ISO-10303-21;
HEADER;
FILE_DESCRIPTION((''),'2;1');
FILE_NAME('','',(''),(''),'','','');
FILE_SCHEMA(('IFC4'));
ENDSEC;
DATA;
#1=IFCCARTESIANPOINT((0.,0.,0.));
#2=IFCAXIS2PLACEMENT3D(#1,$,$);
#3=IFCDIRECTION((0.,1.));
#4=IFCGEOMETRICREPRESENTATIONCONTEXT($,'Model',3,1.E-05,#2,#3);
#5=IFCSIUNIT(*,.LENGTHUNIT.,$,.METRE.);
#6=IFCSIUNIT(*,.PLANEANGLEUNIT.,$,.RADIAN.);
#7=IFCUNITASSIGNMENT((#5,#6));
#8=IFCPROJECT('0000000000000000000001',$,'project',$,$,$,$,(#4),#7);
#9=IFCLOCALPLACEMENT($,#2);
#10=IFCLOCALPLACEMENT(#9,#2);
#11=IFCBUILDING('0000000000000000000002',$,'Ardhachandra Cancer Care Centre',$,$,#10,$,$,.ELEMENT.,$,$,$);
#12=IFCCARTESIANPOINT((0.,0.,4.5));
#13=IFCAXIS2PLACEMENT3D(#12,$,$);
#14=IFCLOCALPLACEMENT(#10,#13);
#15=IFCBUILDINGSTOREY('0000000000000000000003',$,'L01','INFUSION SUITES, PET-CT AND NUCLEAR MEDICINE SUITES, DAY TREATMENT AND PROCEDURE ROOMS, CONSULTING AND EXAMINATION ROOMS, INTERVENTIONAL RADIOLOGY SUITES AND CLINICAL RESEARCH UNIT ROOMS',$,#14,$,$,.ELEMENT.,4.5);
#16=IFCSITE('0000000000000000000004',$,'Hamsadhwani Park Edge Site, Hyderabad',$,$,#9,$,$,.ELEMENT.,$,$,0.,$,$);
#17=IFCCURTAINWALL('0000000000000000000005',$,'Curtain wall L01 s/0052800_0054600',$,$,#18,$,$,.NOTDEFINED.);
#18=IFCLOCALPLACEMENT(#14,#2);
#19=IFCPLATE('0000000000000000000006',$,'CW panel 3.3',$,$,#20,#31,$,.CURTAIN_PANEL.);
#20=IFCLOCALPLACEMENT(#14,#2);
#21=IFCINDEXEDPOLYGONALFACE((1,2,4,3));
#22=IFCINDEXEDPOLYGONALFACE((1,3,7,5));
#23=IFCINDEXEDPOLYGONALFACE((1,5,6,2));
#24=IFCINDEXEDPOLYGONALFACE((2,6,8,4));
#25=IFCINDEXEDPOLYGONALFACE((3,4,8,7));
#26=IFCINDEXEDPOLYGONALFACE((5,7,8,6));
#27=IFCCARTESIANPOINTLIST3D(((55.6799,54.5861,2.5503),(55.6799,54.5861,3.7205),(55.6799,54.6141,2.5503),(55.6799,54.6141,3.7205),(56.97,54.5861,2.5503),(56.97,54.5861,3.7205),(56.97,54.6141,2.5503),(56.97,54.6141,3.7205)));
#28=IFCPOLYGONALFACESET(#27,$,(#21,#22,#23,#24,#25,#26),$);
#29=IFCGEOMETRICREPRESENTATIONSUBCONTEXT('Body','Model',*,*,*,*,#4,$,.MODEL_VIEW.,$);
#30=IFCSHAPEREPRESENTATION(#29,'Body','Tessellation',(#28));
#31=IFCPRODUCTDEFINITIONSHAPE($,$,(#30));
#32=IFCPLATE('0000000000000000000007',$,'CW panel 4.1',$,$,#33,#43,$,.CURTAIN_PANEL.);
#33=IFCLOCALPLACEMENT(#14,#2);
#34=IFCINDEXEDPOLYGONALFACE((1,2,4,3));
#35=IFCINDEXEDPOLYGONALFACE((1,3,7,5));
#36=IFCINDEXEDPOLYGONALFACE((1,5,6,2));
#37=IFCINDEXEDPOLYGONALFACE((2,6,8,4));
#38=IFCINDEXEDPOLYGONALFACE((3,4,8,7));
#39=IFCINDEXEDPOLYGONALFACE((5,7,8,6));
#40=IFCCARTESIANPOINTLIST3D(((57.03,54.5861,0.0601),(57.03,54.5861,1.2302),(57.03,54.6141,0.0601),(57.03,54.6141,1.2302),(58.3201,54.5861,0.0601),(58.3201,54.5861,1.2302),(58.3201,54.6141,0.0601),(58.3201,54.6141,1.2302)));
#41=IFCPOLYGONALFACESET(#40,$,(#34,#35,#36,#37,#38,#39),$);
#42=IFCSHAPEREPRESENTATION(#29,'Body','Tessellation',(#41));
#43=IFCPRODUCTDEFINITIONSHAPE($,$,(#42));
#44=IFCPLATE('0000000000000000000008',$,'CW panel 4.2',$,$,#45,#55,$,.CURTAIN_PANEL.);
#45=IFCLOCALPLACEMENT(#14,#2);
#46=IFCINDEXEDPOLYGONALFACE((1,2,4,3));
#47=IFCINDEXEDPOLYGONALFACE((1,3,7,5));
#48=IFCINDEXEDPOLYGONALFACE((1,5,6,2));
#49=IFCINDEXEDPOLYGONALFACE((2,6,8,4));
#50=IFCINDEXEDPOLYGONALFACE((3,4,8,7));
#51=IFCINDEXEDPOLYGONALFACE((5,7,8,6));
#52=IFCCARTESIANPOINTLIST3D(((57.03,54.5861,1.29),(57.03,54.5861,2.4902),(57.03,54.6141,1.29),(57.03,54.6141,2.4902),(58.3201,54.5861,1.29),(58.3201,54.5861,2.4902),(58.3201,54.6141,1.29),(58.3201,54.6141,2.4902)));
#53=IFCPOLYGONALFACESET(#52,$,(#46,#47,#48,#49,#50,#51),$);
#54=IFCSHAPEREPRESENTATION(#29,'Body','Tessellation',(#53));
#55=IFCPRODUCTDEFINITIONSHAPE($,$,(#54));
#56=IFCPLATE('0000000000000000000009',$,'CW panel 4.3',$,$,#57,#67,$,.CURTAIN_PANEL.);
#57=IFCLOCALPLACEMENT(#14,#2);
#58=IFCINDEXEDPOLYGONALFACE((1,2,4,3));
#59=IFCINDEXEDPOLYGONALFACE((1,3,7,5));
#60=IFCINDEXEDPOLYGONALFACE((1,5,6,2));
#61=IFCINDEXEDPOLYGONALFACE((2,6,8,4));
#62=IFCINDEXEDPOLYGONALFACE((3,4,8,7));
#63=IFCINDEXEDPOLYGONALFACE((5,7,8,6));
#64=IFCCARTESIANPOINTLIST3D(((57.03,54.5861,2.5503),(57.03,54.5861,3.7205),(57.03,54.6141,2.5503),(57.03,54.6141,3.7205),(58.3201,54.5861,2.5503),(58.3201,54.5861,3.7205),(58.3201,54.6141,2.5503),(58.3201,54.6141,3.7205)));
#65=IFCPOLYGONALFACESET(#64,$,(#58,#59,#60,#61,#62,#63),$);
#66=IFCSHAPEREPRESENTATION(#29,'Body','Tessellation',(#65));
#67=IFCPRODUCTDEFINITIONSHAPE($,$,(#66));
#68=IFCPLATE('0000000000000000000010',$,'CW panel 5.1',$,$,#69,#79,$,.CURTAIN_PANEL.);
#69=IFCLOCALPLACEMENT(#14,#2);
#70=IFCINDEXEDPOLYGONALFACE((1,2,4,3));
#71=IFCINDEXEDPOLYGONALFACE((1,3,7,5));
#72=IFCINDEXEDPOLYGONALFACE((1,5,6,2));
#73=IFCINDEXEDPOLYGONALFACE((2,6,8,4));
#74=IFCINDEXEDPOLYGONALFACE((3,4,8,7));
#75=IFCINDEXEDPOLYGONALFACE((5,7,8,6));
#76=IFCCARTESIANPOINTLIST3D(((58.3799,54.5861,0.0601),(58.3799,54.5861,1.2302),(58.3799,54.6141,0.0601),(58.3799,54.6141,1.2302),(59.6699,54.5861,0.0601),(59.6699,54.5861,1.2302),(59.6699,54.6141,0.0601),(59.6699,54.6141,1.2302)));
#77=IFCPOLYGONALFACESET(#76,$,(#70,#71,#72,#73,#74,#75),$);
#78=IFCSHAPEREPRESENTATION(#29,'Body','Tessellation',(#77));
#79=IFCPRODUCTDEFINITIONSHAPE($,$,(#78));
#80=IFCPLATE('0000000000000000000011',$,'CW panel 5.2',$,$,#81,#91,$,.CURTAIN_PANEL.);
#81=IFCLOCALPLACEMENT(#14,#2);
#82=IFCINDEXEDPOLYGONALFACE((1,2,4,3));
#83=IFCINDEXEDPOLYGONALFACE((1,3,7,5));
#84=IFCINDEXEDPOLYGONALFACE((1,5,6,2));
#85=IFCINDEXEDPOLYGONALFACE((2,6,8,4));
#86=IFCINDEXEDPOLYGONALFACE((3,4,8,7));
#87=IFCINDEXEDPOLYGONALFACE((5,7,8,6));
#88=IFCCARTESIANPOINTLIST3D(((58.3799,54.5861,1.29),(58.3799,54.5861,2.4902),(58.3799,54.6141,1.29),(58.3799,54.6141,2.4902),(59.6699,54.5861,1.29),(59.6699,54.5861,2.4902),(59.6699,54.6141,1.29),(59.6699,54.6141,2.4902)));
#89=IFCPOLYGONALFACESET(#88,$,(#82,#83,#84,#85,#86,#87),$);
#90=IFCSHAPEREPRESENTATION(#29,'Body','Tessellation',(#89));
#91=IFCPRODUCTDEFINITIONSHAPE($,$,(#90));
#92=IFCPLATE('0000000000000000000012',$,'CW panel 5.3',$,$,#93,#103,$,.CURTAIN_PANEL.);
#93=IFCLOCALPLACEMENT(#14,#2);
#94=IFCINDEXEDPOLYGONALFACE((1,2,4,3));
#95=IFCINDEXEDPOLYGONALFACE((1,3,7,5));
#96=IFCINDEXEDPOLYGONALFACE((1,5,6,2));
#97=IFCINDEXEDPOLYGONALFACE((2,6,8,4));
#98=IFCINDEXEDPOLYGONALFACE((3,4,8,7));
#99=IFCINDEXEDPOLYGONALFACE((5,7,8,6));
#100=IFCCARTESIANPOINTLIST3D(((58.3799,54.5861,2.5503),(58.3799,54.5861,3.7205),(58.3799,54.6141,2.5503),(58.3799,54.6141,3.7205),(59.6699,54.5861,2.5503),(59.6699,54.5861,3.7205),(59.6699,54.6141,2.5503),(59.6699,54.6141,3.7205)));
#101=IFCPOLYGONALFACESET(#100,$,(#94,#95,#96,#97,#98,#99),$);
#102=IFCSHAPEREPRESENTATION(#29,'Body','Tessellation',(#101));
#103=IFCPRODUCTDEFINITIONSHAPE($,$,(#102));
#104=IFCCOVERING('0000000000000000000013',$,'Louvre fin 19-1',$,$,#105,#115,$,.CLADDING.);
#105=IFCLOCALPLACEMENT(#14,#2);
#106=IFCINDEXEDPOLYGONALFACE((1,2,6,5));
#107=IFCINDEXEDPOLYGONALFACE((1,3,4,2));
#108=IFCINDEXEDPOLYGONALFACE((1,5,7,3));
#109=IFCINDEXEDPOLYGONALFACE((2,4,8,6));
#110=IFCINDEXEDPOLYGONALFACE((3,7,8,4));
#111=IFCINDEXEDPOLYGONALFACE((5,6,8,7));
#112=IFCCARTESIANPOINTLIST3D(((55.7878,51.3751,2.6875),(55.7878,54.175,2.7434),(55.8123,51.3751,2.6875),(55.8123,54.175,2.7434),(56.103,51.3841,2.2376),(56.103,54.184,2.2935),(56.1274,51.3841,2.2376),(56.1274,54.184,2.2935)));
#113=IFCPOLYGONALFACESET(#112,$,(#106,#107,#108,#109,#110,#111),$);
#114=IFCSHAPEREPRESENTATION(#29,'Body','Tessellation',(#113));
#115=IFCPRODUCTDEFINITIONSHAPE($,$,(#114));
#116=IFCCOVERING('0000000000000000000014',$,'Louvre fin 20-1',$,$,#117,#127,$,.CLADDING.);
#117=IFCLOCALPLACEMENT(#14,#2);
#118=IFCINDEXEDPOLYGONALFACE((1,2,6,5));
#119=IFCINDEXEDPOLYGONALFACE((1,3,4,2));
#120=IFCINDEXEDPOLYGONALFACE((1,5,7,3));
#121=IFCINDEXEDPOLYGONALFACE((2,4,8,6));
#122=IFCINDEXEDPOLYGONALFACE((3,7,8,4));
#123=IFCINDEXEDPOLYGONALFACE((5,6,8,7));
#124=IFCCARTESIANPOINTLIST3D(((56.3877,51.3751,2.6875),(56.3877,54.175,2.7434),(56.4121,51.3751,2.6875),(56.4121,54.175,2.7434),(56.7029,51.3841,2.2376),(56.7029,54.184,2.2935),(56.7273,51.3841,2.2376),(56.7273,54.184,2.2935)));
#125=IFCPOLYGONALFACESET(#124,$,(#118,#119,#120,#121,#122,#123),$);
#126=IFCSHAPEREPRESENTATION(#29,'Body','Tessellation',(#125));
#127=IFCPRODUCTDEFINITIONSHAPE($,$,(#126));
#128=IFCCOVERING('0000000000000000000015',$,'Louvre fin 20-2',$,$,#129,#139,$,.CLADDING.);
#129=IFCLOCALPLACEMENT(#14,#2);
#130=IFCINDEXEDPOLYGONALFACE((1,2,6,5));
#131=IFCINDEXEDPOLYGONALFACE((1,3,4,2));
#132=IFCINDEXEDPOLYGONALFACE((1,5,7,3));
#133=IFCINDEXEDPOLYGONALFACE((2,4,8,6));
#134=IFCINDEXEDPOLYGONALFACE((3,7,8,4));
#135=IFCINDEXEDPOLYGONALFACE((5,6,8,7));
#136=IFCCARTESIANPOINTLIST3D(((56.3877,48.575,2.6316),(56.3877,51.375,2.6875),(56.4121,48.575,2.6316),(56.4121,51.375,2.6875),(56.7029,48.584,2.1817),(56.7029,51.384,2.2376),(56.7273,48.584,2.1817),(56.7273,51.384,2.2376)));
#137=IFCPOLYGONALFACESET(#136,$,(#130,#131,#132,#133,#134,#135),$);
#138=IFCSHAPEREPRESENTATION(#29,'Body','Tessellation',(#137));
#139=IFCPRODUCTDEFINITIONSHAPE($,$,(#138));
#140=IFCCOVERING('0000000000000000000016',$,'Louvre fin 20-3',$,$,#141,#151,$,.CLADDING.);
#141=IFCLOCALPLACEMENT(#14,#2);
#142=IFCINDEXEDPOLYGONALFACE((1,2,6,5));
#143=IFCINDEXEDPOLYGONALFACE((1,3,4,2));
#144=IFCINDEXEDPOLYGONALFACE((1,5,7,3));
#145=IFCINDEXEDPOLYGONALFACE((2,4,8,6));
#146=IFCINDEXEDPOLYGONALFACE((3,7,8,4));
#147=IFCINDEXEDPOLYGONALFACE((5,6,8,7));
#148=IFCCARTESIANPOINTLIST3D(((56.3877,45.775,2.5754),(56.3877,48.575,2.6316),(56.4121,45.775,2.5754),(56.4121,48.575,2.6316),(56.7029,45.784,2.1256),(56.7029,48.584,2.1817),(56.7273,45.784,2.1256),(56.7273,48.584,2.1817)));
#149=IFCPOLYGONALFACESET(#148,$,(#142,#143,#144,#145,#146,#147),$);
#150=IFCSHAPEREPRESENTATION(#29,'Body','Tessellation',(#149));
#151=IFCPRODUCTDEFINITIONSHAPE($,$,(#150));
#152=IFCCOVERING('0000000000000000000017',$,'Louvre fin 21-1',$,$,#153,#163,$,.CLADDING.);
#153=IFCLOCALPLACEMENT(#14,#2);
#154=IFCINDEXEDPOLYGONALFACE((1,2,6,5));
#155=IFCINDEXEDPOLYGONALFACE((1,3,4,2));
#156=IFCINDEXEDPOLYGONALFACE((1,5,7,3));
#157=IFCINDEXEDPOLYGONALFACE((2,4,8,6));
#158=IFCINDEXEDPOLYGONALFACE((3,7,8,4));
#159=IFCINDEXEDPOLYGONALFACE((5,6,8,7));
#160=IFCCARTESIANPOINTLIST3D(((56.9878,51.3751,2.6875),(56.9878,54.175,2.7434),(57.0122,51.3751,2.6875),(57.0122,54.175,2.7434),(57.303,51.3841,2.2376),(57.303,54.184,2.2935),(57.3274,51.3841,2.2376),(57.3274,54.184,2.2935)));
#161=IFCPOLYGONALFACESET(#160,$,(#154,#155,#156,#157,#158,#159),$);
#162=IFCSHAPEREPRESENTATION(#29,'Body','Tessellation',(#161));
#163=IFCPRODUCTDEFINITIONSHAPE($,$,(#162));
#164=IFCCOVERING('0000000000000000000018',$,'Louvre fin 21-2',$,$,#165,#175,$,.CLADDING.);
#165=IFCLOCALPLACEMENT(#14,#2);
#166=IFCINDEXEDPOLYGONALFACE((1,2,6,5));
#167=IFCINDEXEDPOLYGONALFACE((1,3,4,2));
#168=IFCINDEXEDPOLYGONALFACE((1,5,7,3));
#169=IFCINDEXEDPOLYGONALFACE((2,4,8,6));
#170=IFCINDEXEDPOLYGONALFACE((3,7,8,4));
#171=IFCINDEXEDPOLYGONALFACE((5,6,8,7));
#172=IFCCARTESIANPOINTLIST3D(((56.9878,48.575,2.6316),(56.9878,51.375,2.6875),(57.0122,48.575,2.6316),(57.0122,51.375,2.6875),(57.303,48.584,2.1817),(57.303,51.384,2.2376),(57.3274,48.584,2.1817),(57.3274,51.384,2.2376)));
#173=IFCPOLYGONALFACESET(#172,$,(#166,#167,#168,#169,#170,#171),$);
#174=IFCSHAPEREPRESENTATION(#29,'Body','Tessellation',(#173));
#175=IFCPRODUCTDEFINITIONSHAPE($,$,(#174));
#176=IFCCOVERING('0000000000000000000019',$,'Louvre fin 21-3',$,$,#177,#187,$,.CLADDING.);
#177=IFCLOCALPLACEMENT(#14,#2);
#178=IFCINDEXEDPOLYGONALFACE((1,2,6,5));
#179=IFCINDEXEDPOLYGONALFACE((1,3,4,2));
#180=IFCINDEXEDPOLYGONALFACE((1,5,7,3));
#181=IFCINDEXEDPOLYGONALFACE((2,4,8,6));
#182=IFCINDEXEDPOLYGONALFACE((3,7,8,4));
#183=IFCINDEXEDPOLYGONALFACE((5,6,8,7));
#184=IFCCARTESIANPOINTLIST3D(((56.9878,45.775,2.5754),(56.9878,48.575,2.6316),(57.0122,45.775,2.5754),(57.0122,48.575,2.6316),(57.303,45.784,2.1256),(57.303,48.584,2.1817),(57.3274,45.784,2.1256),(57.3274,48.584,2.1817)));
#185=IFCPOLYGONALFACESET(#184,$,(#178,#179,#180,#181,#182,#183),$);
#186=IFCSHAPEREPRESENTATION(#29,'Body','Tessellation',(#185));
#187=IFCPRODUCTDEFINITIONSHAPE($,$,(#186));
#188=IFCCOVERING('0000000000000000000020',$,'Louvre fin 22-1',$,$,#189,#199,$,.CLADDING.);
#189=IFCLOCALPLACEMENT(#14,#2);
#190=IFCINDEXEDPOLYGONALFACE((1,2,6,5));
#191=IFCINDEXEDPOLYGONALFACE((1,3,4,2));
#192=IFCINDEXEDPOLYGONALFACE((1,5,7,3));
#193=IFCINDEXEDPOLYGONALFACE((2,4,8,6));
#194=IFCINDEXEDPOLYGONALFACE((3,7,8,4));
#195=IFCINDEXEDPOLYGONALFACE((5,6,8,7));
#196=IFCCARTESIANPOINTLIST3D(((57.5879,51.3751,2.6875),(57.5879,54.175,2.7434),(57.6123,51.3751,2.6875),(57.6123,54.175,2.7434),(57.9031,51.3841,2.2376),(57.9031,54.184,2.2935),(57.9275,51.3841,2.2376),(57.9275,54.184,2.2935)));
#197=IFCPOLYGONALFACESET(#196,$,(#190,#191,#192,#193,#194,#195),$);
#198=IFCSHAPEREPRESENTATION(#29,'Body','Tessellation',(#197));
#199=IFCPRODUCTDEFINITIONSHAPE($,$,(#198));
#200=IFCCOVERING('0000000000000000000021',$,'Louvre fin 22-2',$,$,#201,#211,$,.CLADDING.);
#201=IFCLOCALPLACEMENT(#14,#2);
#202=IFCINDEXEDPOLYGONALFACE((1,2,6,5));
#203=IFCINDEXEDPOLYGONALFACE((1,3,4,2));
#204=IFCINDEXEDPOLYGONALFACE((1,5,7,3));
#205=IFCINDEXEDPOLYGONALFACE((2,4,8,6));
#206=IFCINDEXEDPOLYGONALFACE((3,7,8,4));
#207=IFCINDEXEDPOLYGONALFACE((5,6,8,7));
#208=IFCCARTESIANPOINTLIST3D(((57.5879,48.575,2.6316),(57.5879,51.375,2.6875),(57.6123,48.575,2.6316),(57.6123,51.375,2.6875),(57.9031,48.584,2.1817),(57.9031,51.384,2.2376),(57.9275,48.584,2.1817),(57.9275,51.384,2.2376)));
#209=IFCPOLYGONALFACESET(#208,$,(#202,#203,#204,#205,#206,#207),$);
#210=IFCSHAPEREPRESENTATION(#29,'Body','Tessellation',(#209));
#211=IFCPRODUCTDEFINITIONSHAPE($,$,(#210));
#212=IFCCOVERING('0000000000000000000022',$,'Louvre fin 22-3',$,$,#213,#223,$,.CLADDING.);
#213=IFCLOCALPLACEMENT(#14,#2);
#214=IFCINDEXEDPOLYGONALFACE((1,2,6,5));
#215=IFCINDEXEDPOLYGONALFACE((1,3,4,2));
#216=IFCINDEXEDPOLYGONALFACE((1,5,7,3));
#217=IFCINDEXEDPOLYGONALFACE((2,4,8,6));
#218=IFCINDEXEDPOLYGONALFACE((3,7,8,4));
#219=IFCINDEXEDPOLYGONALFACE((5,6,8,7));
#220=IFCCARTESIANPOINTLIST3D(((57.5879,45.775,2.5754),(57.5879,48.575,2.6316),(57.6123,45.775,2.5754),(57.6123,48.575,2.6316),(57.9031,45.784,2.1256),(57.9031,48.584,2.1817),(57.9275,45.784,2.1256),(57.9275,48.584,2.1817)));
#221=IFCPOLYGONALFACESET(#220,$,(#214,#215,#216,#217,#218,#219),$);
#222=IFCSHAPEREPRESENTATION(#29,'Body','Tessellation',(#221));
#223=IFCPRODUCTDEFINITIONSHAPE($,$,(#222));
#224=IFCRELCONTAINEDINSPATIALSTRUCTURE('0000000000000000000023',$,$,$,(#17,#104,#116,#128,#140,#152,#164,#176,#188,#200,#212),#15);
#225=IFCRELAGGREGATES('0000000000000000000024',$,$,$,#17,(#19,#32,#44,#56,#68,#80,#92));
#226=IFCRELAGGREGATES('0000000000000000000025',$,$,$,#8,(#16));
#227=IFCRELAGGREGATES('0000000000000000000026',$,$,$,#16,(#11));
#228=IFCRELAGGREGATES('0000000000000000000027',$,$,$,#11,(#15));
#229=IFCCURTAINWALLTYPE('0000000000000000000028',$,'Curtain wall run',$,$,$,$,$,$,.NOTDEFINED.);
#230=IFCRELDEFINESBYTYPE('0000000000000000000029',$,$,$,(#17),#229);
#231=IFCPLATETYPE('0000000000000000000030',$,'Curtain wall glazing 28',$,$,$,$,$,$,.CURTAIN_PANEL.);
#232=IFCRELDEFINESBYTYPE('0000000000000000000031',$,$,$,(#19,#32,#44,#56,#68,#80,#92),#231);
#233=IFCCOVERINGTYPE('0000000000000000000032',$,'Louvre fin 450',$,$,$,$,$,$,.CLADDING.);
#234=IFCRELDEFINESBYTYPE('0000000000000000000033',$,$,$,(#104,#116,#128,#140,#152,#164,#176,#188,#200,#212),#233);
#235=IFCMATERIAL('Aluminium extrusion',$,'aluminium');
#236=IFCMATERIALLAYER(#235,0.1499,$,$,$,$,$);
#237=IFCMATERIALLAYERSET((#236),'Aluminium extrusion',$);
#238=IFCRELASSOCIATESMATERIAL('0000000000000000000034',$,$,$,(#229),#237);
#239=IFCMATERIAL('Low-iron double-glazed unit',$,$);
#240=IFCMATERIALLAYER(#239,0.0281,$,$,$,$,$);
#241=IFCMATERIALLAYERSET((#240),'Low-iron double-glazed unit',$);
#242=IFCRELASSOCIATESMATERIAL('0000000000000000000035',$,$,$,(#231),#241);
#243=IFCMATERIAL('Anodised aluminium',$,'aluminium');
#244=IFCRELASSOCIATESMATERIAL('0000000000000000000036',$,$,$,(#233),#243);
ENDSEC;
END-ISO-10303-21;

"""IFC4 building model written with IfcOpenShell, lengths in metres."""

from ifc_helpers import new_model, si_unit, direction, frame, origin, origin_2d, place, context, subcontext, project, spatial, polyline, rectangle, outline, extrude, material, layer, layer_set, material_profile, profile_set, type_object, element, aggregate, save


model = new_model("IFC4")

# Units and contexts
model_context = context("Model", 3, precision=1e-05, world=origin(), true_north=direction((0.0, 1.0)))
body_context = subcontext(model_context, "Body", "Model", "MODEL_VIEW")
ifc_project = project(units=[si_unit("LENGTHUNIT", "METRE"), si_unit("PLANEANGLEUNIT", "RADIAN")], contexts=[model_context])

# Site, building, storey
site_placement = place(None, origin())
site = spatial("IfcSite", under=ifc_project, at=site_placement, Name="Hamsadhwani Park Edge Site, Hyderabad", CompositionType="ELEMENT", RefElevation=0.0)
building_placement = place(site_placement, origin())
building = spatial("IfcBuilding", under=site, at=building_placement, Name="Ardhachandra Cancer Care Centre", CompositionType="ELEMENT")
storey_placement = place(building_placement, frame((0.0, 0.0, 4.5)))
storey = spatial("IfcBuildingStorey", under=building, at=storey_placement, Name="L01", Description="INFUSION SUITES, PET-CT AND NUCLEAR MEDICINE SUITES, DAY TREATMENT AND PROCEDURE ROOMS, CONSULTING AND EXAMINATION ROOMS, INTERVENTIONAL RADIOLOGY SUITES AND CLINICAL RESEARCH UNIT ROOMS", CompositionType="ELEMENT", Elevation=4.5)

# Curtain wall
ifc_material_1 = material(Name="Aluminium extrusion", Category="aluminium")
ifc_layer_1 = layer(ifc_material_1, 0.1499)
ifc_layer_set_1 = layer_set([ifc_layer_1], Name="Aluminium extrusion")
curtain_wall_type = type_object("IfcCurtainWallType", Name="Curtain wall run", PredefinedType="NOTDEFINED", material=ifc_layer_set_1)
curtain_wall_placement = place(storey_placement, origin())
curtain_wall = element("IfcCurtainWall", 1, at=curtain_wall_placement, inside=storey, type_object=curtain_wall_type, Name="Curtain wall L01 s/0052800_0054600", PredefinedType="NOTDEFINED")

# Plates
ifc_material_2 = material(Name="Low-iron double-glazed unit")
ifc_layer_2 = layer(ifc_material_2, 0.0281)
ifc_layer_set_2 = layer_set([ifc_layer_2], Name="Low-iron double-glazed unit")
plate_type_1 = type_object("IfcPlateType", Name="Curtain wall glazing 28", PredefinedType="CURTAIN_PANEL", material=ifc_layer_set_2)
plate_1_placement = place(storey_placement, frame((56.325, 54.6001, 2.5503), z_axis=(0.0, 0.0, 1.0), x_axis=(1.0, 0.0, 0.0)))
plate_1 = element("IfcPlate", 2, at=plate_1_placement, type_object=plate_type_1, Name="CW panel 3.3", PredefinedType="CURTAIN_PANEL", context=body_context, shape_type="SweptSolid", body=[
    extrude(rectangle(XDim=1.29, YDim=0.0281, at=origin_2d()), origin(), (0.0, 0.0, 1.0), 1.1702),
])
plate_2_placement = place(storey_placement, frame((57.675, 54.6001, 0.0601), z_axis=(0.0, 0.0, 1.0), x_axis=(1.0, 0.0, 0.0)))
plate_2 = element("IfcPlate", 3, at=plate_2_placement, type_object=plate_type_1, Name="CW panel 4.1", PredefinedType="CURTAIN_PANEL", context=body_context, shape_type="SweptSolid", body=[
    extrude(rectangle(XDim=1.29, YDim=0.0281, at=origin_2d()), origin(), (0.0, 0.0, 1.0), 1.1702),
])
plate_3_placement = place(storey_placement, frame((57.675, 54.6001, 1.29), z_axis=(0.0, 0.0, 1.0), x_axis=(1.0, 0.0, 0.0)))
plate_3 = element("IfcPlate", 4, at=plate_3_placement, type_object=plate_type_1, Name="CW panel 4.2", PredefinedType="CURTAIN_PANEL", context=body_context, shape_type="SweptSolid", body=[
    extrude(rectangle(XDim=1.29, YDim=0.0281, at=origin_2d()), origin(), (0.0, 0.0, 1.0), 1.2002),
])
plate_4_placement = place(storey_placement, frame((57.675, 54.6001, 2.5503), z_axis=(0.0, 0.0, 1.0), x_axis=(1.0, 0.0, 0.0)))
plate_4 = element("IfcPlate", 5, at=plate_4_placement, type_object=plate_type_1, Name="CW panel 4.3", PredefinedType="CURTAIN_PANEL", context=body_context, shape_type="SweptSolid", body=[
    extrude(rectangle(XDim=1.29, YDim=0.0281, at=origin_2d()), origin(), (0.0, 0.0, 1.0), 1.1702),
])
plate_5_placement = place(storey_placement, frame((59.0249, 54.6001, 0.0601), z_axis=(0.0, 0.0, 1.0), x_axis=(1.0, 0.0, 0.0)))
plate_5 = element("IfcPlate", 6, at=plate_5_placement, type_object=plate_type_1, Name="CW panel 5.1", PredefinedType="CURTAIN_PANEL", context=body_context, shape_type="SweptSolid", body=[
    extrude(rectangle(XDim=1.29, YDim=0.0281, at=origin_2d()), origin(), (0.0, 0.0, 1.0), 1.1702),
])
plate_6_placement = place(storey_placement, frame((59.0249, 54.6001, 1.29), z_axis=(0.0, 0.0, 1.0), x_axis=(1.0, 0.0, 0.0)))
plate_6 = element("IfcPlate", 7, at=plate_6_placement, type_object=plate_type_1, Name="CW panel 5.2", PredefinedType="CURTAIN_PANEL", context=body_context, shape_type="SweptSolid", body=[
    extrude(rectangle(XDim=1.29, YDim=0.0281, at=origin_2d()), origin(), (0.0, 0.0, 1.0), 1.2002),
])
plate_7_placement = place(storey_placement, frame((59.0249, 54.6001, 2.5503), z_axis=(0.0, 0.0, 1.0), x_axis=(1.0, 0.0, 0.0)))
plate_7 = element("IfcPlate", 8, at=plate_7_placement, type_object=plate_type_1, Name="CW panel 5.3", PredefinedType="CURTAIN_PANEL", context=body_context, shape_type="SweptSolid", body=[
    extrude(rectangle(XDim=1.29, YDim=0.0281, at=origin_2d()), origin(), (0.0, 0.0, 1.0), 1.1702),
])
aggregate(curtain_wall, [plate_1, plate_2, plate_3, plate_4, plate_5, plate_6, plate_7])

# Coverings
ifc_material_3 = material(Name="Anodised aluminium", Category="aluminium")
ifc_material_profile_1 = material_profile(ifc_material_3, outline(polyline([(-0.0122, 0.0), (0.0122, 0.0), (0.3274, -0.45), (0.303, -0.45), (-0.0122, 0.0)])), Name="Louvre fin 450")
ifc_profile_set_1 = profile_set([ifc_material_profile_1], Name="Anodised aluminium")
covering_type = type_object("IfcCoveringType", Name="Louvre fin 450", PredefinedType="CLADDING", material=ifc_profile_set_1)
for number, where, z_axis, x_axis, name in (
    (9, (55.8, 54.175, 2.7434), (0.0, -0.999801, -0.019963), (1.0, 0.0, 0.0), "Louvre fin 19-1"),
    (10, (56.3999, 54.175, 2.7434), (0.0, -0.999801, -0.019963), (1.0, 0.0, 0.0), "Louvre fin 20-1"),
    (11, (56.3999, 51.375, 2.6875), (0.0, -0.999801, -0.019963), (1.0, 0.0, 0.0), "Louvre fin 20-2"),
    (12, (56.3999, 48.575, 2.6316), (0.0, -0.999799, -0.02005), (1.0, 0.0, 0.0), "Louvre fin 20-3"),
    (13, (57.0, 54.175, 2.7434), (0.0, -0.999801, -0.019963), (1.0, 0.0, 0.0), "Louvre fin 21-1"),
    (14, (57.0, 51.375, 2.6875), (0.0, -0.999801, -0.019963), (1.0, 0.0, 0.0), "Louvre fin 21-2"),
    (15, (57.0, 48.575, 2.6316), (0.0, -0.999799, -0.02005), (1.0, 0.0, 0.0), "Louvre fin 21-3"),
    (16, (57.6001, 54.175, 2.7434), (0.0, -0.999801, -0.019963), (1.0, 0.0, 0.0), "Louvre fin 22-1"),
    (17, (57.6001, 51.375, 2.6875), (0.0, -0.999801, -0.019963), (1.0, 0.0, 0.0), "Louvre fin 22-2"),
    (18, (57.6001, 48.575, 2.6316), (0.0, -0.999799, -0.02005), (1.0, 0.0, 0.0), "Louvre fin 22-3"),
):
    element("IfcCovering", number, at=place(storey_placement, frame(where, z_axis=z_axis, x_axis=x_axis)), inside=storey, type_object=covering_type, Name=name, PredefinedType="CLADDING", context=body_context, shape_type="SweptSolid", body=[
        extrude(outline(polyline([(-0.0122, 0.0), (0.0122, 0.0), (0.3274, -0.45), (0.303, -0.45), (-0.0122, 0.0)])), origin(), (0.0, 0.0, 1.0), 2.8005),
    ])

save(model, "model.ifc")
